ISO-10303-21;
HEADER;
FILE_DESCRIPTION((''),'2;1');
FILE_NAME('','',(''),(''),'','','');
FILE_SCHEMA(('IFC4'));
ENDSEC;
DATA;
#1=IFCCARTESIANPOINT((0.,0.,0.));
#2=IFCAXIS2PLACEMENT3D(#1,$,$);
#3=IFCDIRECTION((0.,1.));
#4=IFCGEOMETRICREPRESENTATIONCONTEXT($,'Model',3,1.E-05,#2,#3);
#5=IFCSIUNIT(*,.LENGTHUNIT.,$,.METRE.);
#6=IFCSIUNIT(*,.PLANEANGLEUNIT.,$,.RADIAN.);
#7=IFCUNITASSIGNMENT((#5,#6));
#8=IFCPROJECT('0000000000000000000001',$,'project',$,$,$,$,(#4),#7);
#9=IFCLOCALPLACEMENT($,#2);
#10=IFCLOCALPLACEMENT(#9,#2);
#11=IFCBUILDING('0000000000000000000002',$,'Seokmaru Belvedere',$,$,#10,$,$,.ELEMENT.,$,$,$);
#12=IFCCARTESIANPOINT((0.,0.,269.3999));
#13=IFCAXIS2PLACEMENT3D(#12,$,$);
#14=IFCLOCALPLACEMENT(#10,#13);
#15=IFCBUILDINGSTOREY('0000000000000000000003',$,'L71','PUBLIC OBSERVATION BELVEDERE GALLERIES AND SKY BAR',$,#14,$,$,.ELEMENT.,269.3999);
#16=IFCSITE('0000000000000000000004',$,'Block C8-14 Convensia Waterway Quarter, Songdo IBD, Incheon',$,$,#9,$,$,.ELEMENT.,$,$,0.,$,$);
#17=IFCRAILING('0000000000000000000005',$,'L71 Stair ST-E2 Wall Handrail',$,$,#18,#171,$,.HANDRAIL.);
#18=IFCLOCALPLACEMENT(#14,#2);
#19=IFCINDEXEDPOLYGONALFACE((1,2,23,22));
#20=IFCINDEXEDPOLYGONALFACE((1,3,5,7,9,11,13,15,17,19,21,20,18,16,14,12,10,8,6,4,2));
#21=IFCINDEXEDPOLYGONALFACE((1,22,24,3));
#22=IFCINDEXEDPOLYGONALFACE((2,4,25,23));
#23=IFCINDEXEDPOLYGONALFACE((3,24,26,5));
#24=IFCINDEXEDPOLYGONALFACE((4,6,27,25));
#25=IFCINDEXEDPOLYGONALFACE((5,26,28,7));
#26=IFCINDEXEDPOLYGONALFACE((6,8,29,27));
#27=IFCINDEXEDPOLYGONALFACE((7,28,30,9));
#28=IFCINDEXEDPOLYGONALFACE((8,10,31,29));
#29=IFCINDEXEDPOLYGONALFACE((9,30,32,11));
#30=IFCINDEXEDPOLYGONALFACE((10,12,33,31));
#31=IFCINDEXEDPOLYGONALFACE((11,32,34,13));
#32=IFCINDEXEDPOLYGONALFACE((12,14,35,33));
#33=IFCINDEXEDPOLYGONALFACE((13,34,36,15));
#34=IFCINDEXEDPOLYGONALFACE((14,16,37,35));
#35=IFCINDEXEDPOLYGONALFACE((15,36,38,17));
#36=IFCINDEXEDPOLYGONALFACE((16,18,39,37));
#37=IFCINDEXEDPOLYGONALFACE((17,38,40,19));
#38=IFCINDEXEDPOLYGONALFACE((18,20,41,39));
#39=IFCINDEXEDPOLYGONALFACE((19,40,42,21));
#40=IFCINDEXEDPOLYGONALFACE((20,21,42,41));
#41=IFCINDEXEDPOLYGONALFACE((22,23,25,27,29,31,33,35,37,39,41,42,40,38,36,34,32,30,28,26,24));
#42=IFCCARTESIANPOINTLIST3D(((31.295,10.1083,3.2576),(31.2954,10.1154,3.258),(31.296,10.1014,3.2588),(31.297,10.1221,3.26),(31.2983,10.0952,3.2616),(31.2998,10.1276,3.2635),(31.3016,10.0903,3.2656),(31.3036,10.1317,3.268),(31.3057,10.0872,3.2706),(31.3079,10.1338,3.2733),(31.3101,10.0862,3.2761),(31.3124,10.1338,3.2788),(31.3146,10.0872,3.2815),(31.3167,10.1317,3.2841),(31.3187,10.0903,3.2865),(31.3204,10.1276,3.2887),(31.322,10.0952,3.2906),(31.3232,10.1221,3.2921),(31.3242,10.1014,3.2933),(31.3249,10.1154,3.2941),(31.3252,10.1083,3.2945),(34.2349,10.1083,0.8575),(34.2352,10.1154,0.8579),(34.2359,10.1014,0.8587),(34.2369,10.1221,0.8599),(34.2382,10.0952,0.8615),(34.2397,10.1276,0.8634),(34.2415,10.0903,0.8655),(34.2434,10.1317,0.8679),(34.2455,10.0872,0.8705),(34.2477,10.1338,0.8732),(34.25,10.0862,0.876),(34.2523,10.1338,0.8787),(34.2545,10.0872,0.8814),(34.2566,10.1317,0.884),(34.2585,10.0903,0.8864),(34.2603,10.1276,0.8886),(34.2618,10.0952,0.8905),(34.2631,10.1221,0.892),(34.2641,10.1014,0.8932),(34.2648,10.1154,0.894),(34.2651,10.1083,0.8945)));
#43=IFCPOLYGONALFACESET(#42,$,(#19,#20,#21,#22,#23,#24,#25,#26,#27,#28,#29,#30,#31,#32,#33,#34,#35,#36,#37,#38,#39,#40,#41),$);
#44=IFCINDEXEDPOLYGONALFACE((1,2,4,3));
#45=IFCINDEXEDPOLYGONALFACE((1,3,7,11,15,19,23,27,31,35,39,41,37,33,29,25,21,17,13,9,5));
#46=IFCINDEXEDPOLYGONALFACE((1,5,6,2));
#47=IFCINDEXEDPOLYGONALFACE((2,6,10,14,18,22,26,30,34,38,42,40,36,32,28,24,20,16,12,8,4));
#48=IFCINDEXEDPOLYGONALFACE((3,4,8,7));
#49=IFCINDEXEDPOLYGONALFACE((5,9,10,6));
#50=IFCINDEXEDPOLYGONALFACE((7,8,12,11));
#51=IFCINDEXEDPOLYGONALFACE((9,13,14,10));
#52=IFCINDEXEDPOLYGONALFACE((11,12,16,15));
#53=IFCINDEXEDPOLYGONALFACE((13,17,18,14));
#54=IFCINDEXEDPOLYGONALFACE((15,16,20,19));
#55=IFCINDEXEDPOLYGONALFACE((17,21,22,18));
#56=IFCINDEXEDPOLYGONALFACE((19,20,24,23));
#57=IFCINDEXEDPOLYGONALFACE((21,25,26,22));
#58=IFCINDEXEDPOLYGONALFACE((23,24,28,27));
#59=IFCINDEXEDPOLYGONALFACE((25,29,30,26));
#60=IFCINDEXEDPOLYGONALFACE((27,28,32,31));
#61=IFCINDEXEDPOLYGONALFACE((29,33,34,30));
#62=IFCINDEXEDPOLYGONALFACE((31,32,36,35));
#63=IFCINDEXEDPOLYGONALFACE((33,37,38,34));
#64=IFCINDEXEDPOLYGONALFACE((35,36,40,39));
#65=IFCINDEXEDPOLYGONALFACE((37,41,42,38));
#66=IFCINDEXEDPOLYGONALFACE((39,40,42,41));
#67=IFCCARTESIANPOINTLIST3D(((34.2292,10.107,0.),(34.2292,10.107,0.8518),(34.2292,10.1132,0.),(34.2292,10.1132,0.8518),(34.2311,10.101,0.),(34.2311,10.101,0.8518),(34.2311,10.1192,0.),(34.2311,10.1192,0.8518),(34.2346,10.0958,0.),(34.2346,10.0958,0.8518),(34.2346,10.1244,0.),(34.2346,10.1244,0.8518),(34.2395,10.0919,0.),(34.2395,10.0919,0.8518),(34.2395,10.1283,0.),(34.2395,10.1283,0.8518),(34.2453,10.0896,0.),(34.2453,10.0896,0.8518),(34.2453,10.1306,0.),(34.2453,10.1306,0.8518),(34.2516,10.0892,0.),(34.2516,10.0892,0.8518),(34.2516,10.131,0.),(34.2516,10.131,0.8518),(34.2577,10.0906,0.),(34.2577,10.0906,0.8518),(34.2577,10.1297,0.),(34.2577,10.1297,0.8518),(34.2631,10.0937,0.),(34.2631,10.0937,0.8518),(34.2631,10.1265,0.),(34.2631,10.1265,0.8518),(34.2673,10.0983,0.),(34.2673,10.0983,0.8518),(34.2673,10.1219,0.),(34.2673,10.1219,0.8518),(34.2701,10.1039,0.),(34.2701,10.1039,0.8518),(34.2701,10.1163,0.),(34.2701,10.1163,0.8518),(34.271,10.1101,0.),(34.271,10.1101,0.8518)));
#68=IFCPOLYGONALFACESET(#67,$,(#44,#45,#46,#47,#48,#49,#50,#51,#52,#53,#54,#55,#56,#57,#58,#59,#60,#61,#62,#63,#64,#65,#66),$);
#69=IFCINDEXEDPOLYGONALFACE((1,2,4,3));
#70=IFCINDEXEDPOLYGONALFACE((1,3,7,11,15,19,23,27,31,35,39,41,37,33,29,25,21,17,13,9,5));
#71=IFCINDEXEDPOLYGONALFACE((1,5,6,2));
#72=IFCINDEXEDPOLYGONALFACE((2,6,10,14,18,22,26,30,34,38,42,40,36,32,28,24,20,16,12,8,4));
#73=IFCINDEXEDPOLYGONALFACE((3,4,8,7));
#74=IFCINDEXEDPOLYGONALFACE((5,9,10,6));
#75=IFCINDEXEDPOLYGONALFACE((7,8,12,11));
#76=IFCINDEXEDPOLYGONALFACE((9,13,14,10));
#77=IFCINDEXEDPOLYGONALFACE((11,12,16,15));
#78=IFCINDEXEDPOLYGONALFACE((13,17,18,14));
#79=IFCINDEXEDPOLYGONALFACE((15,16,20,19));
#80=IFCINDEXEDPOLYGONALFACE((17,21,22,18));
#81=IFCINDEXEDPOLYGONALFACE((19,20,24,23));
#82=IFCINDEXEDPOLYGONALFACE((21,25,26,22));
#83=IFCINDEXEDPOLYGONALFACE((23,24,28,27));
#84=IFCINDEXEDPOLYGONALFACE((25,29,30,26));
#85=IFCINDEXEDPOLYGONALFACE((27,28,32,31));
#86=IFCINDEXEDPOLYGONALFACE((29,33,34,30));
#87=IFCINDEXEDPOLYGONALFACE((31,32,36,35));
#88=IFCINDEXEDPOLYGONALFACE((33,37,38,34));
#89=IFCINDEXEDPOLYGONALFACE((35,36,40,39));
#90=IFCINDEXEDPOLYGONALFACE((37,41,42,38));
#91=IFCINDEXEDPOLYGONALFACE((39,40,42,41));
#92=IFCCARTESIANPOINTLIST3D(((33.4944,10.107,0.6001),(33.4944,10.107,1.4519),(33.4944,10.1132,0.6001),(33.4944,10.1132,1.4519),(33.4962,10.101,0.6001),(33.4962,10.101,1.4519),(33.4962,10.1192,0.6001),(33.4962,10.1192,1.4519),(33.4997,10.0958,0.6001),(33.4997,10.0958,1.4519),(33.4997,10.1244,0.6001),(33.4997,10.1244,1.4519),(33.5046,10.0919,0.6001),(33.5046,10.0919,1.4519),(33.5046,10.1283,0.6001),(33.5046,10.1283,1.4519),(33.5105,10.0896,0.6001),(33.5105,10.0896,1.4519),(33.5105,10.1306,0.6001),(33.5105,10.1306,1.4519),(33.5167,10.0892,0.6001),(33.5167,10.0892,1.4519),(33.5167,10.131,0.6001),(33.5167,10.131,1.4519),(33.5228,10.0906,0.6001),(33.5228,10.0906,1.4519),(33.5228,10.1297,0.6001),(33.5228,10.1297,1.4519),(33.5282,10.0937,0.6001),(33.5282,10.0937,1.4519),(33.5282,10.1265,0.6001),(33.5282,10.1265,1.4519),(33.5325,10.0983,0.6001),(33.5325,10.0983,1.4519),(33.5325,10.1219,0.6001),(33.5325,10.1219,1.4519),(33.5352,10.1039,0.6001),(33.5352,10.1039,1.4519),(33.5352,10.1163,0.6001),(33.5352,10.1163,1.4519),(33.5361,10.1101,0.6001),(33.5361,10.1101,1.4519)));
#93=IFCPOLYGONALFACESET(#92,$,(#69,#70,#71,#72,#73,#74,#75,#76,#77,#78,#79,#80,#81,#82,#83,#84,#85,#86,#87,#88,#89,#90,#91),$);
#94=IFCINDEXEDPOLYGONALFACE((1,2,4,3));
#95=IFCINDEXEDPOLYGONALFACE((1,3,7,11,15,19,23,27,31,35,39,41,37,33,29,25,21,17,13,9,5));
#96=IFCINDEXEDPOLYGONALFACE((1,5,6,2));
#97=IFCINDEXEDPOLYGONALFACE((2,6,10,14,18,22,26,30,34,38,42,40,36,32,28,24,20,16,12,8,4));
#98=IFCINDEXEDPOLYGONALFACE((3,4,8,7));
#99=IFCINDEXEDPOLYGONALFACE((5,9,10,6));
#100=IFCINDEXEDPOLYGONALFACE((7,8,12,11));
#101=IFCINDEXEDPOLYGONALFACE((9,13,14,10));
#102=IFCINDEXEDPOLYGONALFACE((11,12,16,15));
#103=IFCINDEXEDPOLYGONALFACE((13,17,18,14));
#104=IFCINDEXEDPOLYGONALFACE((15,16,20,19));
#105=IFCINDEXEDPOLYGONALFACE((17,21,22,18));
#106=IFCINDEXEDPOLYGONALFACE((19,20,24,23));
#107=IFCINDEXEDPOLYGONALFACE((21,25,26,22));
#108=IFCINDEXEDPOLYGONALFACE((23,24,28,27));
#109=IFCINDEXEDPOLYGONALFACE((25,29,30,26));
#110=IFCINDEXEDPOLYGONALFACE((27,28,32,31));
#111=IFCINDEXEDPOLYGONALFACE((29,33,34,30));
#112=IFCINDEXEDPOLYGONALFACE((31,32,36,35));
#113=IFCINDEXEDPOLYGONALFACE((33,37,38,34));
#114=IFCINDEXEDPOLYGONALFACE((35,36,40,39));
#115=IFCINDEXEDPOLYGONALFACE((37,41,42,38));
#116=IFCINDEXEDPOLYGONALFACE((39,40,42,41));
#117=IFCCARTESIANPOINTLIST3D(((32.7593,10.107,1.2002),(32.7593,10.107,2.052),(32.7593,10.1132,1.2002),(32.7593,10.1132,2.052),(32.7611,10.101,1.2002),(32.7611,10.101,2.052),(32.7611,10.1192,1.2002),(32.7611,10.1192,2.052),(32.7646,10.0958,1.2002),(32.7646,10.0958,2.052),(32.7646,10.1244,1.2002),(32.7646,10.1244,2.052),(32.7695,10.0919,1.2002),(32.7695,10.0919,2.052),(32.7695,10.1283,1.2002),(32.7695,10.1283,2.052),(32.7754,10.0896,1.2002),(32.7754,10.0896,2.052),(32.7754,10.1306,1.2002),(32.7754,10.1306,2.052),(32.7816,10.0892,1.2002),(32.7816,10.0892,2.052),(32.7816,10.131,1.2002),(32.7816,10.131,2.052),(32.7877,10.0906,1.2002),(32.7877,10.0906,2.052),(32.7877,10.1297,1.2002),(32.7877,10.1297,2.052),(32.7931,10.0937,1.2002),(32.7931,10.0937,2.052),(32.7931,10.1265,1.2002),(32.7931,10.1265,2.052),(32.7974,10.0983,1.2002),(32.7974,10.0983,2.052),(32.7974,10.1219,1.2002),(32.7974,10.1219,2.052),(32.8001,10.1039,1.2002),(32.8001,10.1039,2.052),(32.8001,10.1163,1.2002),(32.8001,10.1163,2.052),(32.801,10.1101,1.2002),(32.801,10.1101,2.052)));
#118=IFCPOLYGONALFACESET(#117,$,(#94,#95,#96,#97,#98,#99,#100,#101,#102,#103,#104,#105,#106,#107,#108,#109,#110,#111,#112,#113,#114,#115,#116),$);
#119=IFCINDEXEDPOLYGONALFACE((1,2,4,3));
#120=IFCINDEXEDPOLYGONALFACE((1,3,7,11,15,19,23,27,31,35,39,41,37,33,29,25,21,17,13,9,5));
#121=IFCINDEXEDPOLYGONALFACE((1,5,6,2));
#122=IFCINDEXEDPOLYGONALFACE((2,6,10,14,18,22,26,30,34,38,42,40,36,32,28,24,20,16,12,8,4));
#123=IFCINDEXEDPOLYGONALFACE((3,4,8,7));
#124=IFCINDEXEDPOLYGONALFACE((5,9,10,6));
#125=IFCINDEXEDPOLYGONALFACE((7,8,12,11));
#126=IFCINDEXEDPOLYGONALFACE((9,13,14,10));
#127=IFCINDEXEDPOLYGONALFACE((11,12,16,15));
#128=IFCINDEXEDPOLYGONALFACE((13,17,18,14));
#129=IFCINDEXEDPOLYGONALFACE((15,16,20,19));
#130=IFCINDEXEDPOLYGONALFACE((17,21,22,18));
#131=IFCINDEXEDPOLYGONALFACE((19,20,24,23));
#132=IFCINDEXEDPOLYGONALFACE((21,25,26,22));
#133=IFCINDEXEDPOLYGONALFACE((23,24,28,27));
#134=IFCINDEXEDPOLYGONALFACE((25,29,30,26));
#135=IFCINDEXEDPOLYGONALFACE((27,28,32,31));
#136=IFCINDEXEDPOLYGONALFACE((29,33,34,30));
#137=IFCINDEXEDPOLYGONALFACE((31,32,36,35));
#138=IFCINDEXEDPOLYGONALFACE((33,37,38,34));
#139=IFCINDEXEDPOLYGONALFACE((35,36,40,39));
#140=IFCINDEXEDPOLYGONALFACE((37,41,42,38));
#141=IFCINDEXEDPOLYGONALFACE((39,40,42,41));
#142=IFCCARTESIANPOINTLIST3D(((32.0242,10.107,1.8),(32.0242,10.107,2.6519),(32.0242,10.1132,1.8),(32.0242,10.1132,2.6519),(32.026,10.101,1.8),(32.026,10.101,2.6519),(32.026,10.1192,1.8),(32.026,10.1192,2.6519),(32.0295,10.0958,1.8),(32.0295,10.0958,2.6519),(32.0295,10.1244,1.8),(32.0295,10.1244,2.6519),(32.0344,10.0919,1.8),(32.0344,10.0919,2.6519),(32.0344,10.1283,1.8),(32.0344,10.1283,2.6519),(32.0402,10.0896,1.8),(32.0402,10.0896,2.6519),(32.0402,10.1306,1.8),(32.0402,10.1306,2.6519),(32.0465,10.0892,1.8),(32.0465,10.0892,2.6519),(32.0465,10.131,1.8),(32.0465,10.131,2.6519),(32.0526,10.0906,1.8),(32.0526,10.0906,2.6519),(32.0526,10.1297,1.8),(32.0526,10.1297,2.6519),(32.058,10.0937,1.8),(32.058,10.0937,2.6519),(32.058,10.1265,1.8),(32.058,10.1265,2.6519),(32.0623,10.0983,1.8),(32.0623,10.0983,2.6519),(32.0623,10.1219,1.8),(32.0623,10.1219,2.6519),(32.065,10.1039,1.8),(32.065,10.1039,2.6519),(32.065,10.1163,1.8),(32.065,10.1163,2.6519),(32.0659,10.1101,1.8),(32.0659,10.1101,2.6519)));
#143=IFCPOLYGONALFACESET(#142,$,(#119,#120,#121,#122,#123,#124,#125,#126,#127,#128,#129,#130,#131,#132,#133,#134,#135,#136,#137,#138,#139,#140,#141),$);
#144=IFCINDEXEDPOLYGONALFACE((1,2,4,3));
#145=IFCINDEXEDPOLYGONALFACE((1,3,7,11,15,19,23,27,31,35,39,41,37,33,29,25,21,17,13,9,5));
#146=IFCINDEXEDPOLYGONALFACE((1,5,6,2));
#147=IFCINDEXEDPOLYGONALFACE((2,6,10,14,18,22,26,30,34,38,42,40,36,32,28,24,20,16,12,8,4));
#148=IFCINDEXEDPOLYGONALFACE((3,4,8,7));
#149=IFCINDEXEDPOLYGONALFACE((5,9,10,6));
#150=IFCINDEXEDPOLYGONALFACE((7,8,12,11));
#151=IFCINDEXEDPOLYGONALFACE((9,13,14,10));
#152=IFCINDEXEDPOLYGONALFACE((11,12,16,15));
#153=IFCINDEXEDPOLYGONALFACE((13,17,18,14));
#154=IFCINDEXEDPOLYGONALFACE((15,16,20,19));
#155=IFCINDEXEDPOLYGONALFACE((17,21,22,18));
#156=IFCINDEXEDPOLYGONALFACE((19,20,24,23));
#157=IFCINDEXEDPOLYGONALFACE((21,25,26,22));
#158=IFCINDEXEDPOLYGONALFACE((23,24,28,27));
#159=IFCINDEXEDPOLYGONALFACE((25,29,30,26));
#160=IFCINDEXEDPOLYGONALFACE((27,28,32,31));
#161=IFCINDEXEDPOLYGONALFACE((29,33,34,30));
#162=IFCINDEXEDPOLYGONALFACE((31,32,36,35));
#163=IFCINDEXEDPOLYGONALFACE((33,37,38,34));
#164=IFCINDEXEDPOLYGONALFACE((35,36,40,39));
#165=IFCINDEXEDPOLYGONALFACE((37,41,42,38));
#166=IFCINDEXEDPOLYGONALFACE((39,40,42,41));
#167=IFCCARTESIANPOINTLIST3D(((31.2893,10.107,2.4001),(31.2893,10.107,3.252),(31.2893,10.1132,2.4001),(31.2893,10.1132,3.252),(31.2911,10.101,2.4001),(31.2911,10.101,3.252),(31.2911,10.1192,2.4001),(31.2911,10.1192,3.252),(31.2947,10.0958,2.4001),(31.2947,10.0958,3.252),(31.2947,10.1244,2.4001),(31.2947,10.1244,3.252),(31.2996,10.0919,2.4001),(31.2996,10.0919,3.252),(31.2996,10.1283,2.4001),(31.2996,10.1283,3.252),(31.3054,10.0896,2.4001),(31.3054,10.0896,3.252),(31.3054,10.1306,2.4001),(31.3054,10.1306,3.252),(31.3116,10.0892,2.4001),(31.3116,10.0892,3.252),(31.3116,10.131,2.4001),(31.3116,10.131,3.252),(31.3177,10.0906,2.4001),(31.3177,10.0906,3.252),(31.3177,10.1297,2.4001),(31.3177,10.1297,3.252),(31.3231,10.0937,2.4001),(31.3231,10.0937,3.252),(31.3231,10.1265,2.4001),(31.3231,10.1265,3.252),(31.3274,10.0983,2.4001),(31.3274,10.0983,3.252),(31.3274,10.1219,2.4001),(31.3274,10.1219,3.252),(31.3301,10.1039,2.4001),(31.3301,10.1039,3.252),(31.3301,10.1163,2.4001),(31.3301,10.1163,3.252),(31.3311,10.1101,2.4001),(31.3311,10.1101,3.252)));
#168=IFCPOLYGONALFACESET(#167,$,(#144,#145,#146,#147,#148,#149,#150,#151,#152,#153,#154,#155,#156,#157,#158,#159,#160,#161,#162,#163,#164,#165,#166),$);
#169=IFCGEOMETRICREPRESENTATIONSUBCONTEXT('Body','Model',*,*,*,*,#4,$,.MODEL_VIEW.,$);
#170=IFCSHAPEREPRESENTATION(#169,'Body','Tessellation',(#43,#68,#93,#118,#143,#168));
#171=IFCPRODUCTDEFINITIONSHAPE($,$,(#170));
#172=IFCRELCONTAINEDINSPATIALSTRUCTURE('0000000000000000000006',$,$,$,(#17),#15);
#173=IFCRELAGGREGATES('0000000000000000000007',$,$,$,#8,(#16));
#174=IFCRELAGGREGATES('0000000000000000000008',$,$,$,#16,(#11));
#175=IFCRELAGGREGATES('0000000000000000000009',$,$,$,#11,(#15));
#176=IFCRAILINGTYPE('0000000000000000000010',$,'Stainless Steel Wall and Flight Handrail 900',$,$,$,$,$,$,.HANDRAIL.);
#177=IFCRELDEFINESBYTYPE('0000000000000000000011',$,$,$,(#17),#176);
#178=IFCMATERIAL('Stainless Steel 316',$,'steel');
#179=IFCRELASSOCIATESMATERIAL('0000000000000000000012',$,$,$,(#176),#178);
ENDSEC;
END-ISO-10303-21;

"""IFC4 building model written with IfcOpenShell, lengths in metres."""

from ifc_helpers import new_model, si_unit, direction, frame, origin, origin_2d, place, context, subcontext, project, spatial, circle, extrude, material, type_object, element, save


model = new_model("IFC4")

# Units and contexts
model_context = context("Model", 3, precision=1e-05, world=origin(), true_north=direction((0.0, 1.0)))
body_context = subcontext(model_context, "Body", "Model", "MODEL_VIEW")
ifc_project = project(units=[si_unit("LENGTHUNIT", "METRE"), si_unit("PLANEANGLEUNIT", "RADIAN")], contexts=[model_context])

# Site, building, storey
site_placement = place(None, origin())
site = spatial("IfcSite", under=ifc_project, at=site_placement, Name="Block C8-14 Convensia Waterway Quarter, Songdo IBD, Incheon", CompositionType="ELEMENT", RefElevation=0.0)
building_placement = place(site_placement, origin())
building = spatial("IfcBuilding", under=site, at=building_placement, Name="Seokmaru Belvedere", CompositionType="ELEMENT")
storey_placement = place(building_placement, frame((0.0, 0.0, 269.3999)))
storey = spatial("IfcBuildingStorey", under=building, at=storey_placement, Name="L71", Description="PUBLIC OBSERVATION BELVEDERE GALLERIES AND SKY BAR", CompositionType="ELEMENT", Elevation=269.3999)

# Railing
ifc_material_1 = material(Name="Stainless Steel 316", Category="steel")
railing_type_1 = type_object("IfcRailingType", Name="Stainless Steel Wall and Flight Handrail 900", PredefinedType="HANDRAIL", material=ifc_material_1)
railing_1_placement = place(storey_placement, frame((34.25, 10.1101, 0.0)))
element("IfcRailing", 1, at=railing_1_placement, inside=storey, type_object=railing_type_1, Name="L71 Stair ST-E2 Wall Handrail", PredefinedType="HANDRAIL", context=body_context, shape_type="SweptSolid", body=[
    extrude(circle(Radius=0.0239, at=origin_2d()), frame((0.0, 0.0, 0.876), z_axis=(-0.774636, 0.0, 0.632407), x_axis=(0.0, -1.0, 0.0)), (0.0, 0.0, 1.0), 3.7952),
    extrude(circle(Radius=0.021, at=origin_2d()), origin(), (0.0, 0.0, 1.0), 0.8518),
    extrude(circle(Radius=0.021, at=origin_2d()), frame((-0.7349, 0.0, 0.6001)), (0.0, 0.0, 1.0), 0.8518),
    extrude(circle(Radius=0.021, at=origin_2d()), frame((-1.47, 0.0, 1.2002)), (0.0, 0.0, 1.0), 0.8518),
    extrude(circle(Radius=0.021, at=origin_2d()), frame((-2.2051, 0.0, 1.8)), (0.0, 0.0, 1.0), 0.8518),
    extrude(circle(Radius=0.021, at=origin_2d()), frame((-2.9399, 0.0, 2.4001)), (0.0, 0.0, 1.0), 0.8518),
])

save(model, "model.ifc")
